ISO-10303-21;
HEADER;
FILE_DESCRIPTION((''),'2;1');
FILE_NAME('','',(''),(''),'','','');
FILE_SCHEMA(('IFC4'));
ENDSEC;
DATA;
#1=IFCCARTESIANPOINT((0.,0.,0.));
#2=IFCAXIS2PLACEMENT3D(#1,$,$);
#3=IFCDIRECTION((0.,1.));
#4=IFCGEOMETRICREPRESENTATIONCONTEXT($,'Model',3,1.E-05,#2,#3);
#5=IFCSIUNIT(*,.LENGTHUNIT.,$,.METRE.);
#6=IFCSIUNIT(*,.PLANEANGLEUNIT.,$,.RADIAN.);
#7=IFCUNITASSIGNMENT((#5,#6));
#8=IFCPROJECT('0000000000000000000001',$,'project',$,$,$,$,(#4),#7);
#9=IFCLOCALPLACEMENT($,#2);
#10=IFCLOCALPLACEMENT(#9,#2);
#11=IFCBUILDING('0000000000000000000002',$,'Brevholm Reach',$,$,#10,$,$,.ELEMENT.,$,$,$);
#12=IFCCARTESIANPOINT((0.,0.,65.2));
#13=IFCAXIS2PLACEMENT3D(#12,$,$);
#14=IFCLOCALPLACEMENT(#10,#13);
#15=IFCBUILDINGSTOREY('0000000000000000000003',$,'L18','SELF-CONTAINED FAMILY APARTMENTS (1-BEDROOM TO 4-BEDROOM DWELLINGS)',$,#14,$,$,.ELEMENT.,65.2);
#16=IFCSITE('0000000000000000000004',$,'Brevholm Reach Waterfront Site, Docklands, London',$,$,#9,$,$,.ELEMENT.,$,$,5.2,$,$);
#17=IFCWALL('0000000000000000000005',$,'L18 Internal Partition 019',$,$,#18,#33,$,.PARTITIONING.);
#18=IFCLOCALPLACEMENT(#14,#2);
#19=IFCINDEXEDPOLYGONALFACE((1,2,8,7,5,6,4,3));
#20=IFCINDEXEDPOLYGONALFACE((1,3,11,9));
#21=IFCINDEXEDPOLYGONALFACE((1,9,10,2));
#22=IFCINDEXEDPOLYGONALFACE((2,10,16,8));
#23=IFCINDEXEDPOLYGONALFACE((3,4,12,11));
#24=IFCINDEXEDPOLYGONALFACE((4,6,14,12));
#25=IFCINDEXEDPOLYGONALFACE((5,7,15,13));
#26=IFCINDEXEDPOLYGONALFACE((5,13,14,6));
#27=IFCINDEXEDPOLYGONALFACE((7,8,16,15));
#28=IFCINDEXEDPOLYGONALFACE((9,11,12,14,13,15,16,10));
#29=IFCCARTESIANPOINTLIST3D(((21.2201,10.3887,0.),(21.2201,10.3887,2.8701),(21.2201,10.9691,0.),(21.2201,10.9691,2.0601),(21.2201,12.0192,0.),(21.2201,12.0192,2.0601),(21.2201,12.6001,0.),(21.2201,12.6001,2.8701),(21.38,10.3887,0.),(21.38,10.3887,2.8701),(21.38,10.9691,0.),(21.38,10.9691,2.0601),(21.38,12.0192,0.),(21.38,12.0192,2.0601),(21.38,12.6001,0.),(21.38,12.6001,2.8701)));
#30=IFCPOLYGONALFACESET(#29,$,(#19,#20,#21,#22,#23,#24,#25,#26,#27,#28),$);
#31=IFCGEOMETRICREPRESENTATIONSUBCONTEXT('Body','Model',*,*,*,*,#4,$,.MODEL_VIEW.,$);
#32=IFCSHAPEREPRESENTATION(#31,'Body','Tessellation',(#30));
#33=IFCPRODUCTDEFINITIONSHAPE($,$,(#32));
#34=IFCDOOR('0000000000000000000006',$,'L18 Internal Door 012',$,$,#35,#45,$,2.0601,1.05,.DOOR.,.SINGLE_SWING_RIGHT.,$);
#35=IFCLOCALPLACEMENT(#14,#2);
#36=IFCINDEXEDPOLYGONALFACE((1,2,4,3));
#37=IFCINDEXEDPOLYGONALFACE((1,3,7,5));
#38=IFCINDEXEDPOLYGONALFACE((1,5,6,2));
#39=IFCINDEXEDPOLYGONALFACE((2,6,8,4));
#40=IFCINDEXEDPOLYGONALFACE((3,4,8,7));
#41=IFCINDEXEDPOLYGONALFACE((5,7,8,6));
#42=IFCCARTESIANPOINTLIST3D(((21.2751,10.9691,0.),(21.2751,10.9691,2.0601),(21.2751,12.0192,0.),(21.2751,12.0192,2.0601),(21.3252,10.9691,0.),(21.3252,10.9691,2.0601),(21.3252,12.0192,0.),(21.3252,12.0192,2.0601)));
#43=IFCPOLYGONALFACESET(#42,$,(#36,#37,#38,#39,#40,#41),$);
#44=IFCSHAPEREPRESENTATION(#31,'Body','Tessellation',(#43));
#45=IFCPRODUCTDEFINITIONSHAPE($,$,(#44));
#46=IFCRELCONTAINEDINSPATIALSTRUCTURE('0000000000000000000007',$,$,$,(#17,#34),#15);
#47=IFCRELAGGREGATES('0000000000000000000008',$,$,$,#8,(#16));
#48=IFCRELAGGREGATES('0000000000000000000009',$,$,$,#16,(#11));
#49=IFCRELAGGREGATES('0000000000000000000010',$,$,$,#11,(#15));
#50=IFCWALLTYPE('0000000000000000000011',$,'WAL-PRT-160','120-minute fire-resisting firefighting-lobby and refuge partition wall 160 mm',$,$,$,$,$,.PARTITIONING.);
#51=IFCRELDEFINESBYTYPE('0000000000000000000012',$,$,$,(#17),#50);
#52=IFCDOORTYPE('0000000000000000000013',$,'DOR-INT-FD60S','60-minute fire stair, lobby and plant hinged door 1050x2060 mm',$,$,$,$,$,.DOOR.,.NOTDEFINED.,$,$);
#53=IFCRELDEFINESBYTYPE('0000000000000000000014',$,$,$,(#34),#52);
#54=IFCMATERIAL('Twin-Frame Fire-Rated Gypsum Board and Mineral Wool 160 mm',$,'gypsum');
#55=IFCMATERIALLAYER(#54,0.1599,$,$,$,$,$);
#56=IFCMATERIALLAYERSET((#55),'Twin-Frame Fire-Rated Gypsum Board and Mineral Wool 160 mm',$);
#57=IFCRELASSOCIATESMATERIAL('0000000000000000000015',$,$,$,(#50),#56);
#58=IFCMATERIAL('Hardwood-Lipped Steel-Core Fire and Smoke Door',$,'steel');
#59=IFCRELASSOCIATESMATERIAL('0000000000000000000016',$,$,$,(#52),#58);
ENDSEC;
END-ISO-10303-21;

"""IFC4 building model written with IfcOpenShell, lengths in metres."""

from ifc_helpers import new_model, si_unit, direction, frame, frame_2d, origin, place, context, subcontext, project, spatial, rectangle, extrude, material, layer, layer_set, type_object, element, fill, save


model = new_model("IFC4")

# Units and contexts
model_context = context("Model", 3, precision=1e-05, world=origin(), true_north=direction((0.0, 1.0)))
body_context = subcontext(model_context, "Body", "Model", "MODEL_VIEW")
ifc_project = project(units=[si_unit("LENGTHUNIT", "METRE"), si_unit("PLANEANGLEUNIT", "RADIAN")], contexts=[model_context])

# Site, building, storey
site_placement = place(None, origin())
site = spatial("IfcSite", under=ifc_project, at=site_placement, Name="Brevholm Reach Waterfront Site, Docklands, London", CompositionType="ELEMENT", RefElevation=5.2)
building_placement = place(site_placement, origin())
building = spatial("IfcBuilding", under=site, at=building_placement, Name="Brevholm Reach", CompositionType="ELEMENT")
storey_placement = place(building_placement, frame((0.0, 0.0, 65.2)))
storey = spatial("IfcBuildingStorey", under=building, at=storey_placement, Name="L18", Description="SELF-CONTAINED FAMILY APARTMENTS (1-BEDROOM TO 4-BEDROOM DWELLINGS)", CompositionType="ELEMENT", Elevation=65.2)

# Wall, opening, door
ifc_material_1 = material(Name="Twin-Frame Fire-Rated Gypsum Board and Mineral Wool 160 mm", Category="gypsum")
ifc_layer_1 = layer(ifc_material_1, 0.1599)
ifc_layer_set_1 = layer_set([ifc_layer_1], Name="Twin-Frame Fire-Rated Gypsum Board and Mineral Wool 160 mm")
wall_type_1 = type_object("IfcWallType", Name="WAL-PRT-160", Description="120-minute fire-resisting firefighting-lobby and refuge partition wall 160 mm", PredefinedType="PARTITIONING", material=ifc_layer_set_1)
wall_1_placement = place(storey_placement, frame((21.3, 10.3887, 0.0), z_axis=(0.0, 0.0, 1.0), x_axis=(0.0, 1.0, 0.0)))
wall_1 = element("IfcWall", 1, at=wall_1_placement, inside=storey, type_object=wall_type_1, Name="L18 Internal Partition 019", PredefinedType="PARTITIONING", context=body_context, shape_type="SweptSolid", body=[
    extrude(rectangle(XDim=2.2114, YDim=0.1599, at=frame_2d((1.1057, 0.0))), origin(), (0.0, 0.0, 1.0), 2.8701),
])
opening_1_placement = place(wall_1_placement, frame((0.5806, 0.0, 0.0)))
opening_1 = element("IfcOpeningElement", 2, at=opening_1_placement, cuts=wall_1, PredefinedType="OPENING", context=body_context, shape_type="SweptSolid", body=[
    extrude(rectangle(XDim=1.05, YDim=2.0601, at=frame_2d((0.5249, 1.03))), frame((0.0, 0.0898, 0.0), z_axis=(0.0, -1.0, 0.0), x_axis=(1.0, 0.0, 0.0)), (0.0, 0.0, 1.0), 0.1799),
])
ifc_material_2 = material(Name="Hardwood-Lipped Steel-Core Fire and Smoke Door", Category="steel")
door_type_1 = type_object("IfcDoorType", Name="DOR-INT-FD60S", Description="60-minute fire stair, lobby and plant hinged door 1050x2060 mm", OperationType="NOTDEFINED", PredefinedType="DOOR", material=ifc_material_2)
door_1_placement = place(opening_1_placement, origin())
door_1 = element("IfcDoor", 3, at=door_1_placement, inside=storey, type_object=door_type_1, Name="L18 Internal Door 012", OperationType="SINGLE_SWING_RIGHT", OverallHeight=2.0601, OverallWidth=1.05, PredefinedType="DOOR", context=body_context, shape_type="SweptSolid", body=[
    extrude(rectangle(XDim=1.05, YDim=2.0601, at=frame_2d((0.5249, 1.03))), frame((0.0, 0.0249, 0.0), z_axis=(0.0, -1.0, 0.0), x_axis=(1.0, 0.0, 0.0)), (0.0, 0.0, 1.0), 0.05),
])
fill(opening_1, door_1)

save(model, "model.ifc")
